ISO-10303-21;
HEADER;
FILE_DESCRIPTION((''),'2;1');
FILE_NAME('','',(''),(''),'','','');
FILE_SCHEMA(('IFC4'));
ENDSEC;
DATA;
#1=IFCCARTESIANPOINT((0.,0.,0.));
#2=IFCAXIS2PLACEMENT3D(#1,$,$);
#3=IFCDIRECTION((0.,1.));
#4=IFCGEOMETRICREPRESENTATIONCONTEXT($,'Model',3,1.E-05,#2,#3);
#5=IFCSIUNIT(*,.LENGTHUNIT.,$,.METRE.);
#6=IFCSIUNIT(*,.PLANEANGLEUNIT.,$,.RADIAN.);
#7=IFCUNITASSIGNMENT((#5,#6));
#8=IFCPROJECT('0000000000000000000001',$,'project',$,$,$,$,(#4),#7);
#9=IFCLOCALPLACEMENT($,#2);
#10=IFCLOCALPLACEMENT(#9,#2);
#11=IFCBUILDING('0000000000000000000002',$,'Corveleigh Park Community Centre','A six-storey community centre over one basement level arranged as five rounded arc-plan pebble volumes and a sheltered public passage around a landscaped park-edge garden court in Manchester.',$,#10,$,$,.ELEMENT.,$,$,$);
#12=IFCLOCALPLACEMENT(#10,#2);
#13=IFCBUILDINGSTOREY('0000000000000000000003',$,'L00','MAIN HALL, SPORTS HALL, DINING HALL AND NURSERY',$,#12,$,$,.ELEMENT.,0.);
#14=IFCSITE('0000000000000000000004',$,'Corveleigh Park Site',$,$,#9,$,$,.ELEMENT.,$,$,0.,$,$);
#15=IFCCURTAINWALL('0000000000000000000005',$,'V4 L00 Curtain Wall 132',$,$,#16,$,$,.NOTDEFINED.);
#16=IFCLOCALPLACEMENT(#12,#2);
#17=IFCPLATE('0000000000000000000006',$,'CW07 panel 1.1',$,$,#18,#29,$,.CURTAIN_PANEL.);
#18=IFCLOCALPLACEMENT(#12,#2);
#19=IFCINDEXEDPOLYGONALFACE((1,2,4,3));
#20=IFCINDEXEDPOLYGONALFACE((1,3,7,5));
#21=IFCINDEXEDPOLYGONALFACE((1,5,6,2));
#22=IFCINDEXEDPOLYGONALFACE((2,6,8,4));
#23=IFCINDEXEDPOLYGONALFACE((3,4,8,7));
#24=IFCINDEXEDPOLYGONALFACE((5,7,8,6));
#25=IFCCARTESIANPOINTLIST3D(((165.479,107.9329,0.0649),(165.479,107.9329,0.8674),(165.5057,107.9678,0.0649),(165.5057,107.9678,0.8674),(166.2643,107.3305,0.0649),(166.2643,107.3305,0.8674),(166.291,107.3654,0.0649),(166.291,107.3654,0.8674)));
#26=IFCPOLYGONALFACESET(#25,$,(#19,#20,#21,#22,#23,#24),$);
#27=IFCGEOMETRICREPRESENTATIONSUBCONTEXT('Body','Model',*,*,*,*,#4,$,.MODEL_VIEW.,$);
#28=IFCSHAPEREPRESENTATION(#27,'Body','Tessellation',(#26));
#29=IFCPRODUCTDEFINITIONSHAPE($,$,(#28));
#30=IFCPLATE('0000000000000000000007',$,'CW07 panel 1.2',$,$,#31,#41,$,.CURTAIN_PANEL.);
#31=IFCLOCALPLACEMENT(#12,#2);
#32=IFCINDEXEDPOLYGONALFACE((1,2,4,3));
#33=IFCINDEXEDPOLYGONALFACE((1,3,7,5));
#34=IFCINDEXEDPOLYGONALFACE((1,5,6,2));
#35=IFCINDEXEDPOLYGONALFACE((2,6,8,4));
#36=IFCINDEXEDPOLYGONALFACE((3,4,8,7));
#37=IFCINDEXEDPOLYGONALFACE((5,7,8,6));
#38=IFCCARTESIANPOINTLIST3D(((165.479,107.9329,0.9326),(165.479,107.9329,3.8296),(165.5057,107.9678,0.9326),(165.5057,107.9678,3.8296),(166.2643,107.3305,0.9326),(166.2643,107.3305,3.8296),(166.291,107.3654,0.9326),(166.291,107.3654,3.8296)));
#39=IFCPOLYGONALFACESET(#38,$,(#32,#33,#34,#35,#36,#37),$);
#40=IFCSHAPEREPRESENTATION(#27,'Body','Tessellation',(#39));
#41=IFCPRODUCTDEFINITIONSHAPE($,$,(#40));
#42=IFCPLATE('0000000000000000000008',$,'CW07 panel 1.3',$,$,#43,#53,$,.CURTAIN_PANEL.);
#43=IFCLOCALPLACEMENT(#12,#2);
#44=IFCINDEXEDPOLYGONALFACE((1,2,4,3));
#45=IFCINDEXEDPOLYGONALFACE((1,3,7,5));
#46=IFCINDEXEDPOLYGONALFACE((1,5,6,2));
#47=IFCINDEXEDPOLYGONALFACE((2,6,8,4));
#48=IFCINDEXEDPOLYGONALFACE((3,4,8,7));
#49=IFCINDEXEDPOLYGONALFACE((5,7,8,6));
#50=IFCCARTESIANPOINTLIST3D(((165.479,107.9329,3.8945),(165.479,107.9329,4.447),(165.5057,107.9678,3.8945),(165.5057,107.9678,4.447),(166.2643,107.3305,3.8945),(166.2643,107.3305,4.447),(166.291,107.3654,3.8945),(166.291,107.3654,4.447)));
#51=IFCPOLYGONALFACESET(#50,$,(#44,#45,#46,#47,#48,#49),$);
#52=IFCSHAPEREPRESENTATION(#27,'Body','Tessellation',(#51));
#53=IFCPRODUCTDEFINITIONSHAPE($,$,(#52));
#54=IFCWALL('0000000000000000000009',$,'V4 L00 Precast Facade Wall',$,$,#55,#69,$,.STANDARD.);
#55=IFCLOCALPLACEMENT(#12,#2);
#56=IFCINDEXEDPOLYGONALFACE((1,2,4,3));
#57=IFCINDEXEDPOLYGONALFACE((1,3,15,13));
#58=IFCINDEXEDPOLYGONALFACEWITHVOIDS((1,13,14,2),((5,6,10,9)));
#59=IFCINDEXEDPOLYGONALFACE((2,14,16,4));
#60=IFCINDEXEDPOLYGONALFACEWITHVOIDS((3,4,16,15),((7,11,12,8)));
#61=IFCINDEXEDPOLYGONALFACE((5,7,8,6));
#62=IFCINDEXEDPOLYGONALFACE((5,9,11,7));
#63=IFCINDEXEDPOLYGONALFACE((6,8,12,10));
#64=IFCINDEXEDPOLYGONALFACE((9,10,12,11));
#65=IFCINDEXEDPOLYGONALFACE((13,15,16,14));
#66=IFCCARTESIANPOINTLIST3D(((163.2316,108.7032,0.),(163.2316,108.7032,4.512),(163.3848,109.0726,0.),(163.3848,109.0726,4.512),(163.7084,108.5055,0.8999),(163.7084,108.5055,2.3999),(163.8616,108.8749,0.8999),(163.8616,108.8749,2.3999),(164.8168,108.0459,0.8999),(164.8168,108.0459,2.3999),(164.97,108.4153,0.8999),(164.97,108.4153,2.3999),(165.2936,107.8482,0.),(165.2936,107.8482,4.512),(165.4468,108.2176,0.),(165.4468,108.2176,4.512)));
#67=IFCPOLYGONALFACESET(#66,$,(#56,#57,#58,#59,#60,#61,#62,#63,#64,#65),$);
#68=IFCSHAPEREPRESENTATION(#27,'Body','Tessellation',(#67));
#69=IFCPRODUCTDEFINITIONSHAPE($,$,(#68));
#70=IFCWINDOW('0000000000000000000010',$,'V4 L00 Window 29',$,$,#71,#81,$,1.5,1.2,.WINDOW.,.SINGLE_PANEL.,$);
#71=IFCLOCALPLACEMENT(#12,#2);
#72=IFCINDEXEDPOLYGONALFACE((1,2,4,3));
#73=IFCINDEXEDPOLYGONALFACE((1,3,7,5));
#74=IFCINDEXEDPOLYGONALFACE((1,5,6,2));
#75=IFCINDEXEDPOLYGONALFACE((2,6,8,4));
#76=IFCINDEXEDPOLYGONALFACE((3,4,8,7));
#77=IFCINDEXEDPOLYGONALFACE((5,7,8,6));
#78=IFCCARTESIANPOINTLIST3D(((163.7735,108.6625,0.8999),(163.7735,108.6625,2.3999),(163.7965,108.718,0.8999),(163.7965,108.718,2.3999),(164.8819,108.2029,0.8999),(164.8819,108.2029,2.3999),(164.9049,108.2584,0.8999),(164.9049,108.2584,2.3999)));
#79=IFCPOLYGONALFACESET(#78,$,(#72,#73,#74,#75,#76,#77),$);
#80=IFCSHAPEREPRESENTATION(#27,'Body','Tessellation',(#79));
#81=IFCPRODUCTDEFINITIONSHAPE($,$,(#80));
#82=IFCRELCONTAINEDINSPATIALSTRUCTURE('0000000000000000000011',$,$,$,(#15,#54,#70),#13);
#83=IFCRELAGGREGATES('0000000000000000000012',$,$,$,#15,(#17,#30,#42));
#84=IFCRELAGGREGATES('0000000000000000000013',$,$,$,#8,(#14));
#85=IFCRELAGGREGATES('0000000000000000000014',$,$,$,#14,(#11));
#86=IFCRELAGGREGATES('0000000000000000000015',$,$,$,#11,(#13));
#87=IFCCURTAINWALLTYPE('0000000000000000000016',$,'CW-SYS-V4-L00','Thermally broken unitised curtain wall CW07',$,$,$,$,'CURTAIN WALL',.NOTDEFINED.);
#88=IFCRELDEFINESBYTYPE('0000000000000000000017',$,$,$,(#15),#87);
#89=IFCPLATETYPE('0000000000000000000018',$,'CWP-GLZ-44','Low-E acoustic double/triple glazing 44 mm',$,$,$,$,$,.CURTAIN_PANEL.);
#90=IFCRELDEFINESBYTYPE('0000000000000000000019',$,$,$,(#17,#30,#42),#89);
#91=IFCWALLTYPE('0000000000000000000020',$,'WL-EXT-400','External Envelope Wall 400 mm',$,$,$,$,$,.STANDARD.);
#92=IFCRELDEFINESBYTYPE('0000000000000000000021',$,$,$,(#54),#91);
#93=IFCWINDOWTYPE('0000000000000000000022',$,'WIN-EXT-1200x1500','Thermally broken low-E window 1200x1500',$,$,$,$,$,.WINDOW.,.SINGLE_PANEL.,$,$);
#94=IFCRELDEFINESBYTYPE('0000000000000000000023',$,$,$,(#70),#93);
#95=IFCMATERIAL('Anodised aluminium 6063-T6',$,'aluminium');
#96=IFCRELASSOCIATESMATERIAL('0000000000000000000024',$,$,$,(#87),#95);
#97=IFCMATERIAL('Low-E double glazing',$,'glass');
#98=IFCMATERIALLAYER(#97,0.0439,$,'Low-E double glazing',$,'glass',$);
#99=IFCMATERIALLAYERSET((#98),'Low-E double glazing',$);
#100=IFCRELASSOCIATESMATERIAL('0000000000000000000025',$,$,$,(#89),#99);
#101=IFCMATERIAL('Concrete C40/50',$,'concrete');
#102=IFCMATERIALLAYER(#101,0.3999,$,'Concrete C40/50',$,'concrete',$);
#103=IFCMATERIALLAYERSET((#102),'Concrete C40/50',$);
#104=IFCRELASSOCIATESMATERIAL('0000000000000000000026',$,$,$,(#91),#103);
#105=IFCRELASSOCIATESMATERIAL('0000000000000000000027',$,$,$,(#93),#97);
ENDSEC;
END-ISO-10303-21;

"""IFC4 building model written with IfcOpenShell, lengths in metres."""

from ifc_helpers import new_model, si_unit, direction, frame, frame_2d, origin, origin_2d, place, context, subcontext, project, spatial, rectangle, extrude, material, layer, layer_set, type_object, element, fill, aggregate, save


model = new_model("IFC4")

# Units and contexts
model_context = context("Model", 3, precision=1e-05, world=origin(), true_north=direction((0.0, 1.0)))
body_context = subcontext(model_context, "Body", "Model", "MODEL_VIEW")
ifc_project = project(units=[si_unit("LENGTHUNIT", "METRE"), si_unit("PLANEANGLEUNIT", "RADIAN")], contexts=[model_context])

# Site, building, storey
site_placement = place(None, origin())
site = spatial("IfcSite", under=ifc_project, at=site_placement, Name="Corveleigh Park Site", CompositionType="ELEMENT", RefElevation=0.0)
building_placement = place(site_placement, origin())
building = spatial("IfcBuilding", under=site, at=building_placement, Name="Corveleigh Park Community Centre", Description="A six-storey community centre over one basement level arranged as five rounded arc-plan pebble volumes and a sheltered public passage around a landscaped park-edge garden court in Manchester.", CompositionType="ELEMENT")
storey_placement = place(building_placement, origin())
storey = spatial("IfcBuildingStorey", under=building, at=storey_placement, Name="L00", Description="MAIN HALL, SPORTS HALL, DINING HALL AND NURSERY", CompositionType="ELEMENT", Elevation=0.0)

# Shared definitions
ifc_material_1 = material(Name="Anodised aluminium 6063-T6", Category="aluminium")
curtain_wall_type = type_object("IfcCurtainWallType", Name="CW-SYS-V4-L00", Description="Thermally broken unitised curtain wall CW07", ElementType="CURTAIN WALL", PredefinedType="NOTDEFINED", material=ifc_material_1)

# Curtain wall
curtain_wall_1_placement = place(storey_placement, origin())
curtain_wall_1 = element("IfcCurtainWall", 1, at=curtain_wall_1_placement, inside=storey, type_object=curtain_wall_type, Name="V4 L00 Curtain Wall 132", PredefinedType="NOTDEFINED")

# Plates
ifc_material_2 = material(Name="Low-E double glazing", Category="glass")
ifc_layer_1 = layer(ifc_material_2, 0.0439, Name="Low-E double glazing", Category="glass")
ifc_layer_set_1 = layer_set([ifc_layer_1], Name="Low-E double glazing")
plate_type_1 = type_object("IfcPlateType", Name="CWP-GLZ-44", Description="Low-E acoustic double/triple glazing 44 mm", PredefinedType="CURTAIN_PANEL", material=ifc_layer_set_1)
plate_1_placement = place(storey_placement, frame((165.885, 107.6492, 0.0649), z_axis=(0.0, 0.0, 1.0), x_axis=(0.793455, -0.608629, 0.0)))
plate_1 = element("IfcPlate", 2, at=plate_1_placement, type_object=plate_type_1, Name="CW07 panel 1.1", PredefinedType="CURTAIN_PANEL", context=body_context, shape_type="SweptSolid", body=[
    extrude(rectangle(XDim=0.9897, YDim=0.0439, at=origin_2d()), origin(), (0.0, 0.0, 1.0), 0.8025),
])
plate_2_placement = place(storey_placement, frame((165.885, 107.6492, 0.9326), z_axis=(0.0, 0.0, 1.0), x_axis=(0.793455, -0.608629, 0.0)))
plate_2 = element("IfcPlate", 3, at=plate_2_placement, type_object=plate_type_1, Name="CW07 panel 1.2", PredefinedType="CURTAIN_PANEL", context=body_context, shape_type="SweptSolid", body=[
    extrude(rectangle(XDim=0.9897, YDim=0.0439, at=origin_2d()), origin(), (0.0, 0.0, 1.0), 2.897),
])
plate_3_placement = place(storey_placement, frame((165.885, 107.6492, 3.8945), z_axis=(0.0, 0.0, 1.0), x_axis=(0.793455, -0.608629, 0.0)))
plate_3 = element("IfcPlate", 4, at=plate_3_placement, type_object=plate_type_1, Name="CW07 panel 1.3", PredefinedType="CURTAIN_PANEL", context=body_context, shape_type="SweptSolid", body=[
    extrude(rectangle(XDim=0.9897, YDim=0.0439, at=origin_2d()), origin(), (0.0, 0.0, 1.0), 0.5525),
])
aggregate(curtain_wall_1, [plate_1, plate_2, plate_3])

# Wall, opening, window
ifc_material_3 = material(Name="Concrete C40/50", Category="concrete")
ifc_layer_2 = layer(ifc_material_3, 0.3999, Name="Concrete C40/50", Category="concrete")
ifc_layer_set_2 = layer_set([ifc_layer_2], Name="Concrete C40/50")
wall_type = type_object("IfcWallType", Name="WL-EXT-400", Description="External Envelope Wall 400 mm", PredefinedType="STANDARD", material=ifc_layer_set_2)
wall_placement = place(storey_placement, frame((163.3081, 108.8879, 0.0), z_axis=(0.0, 0.0, 1.0), x_axis=(0.923742, -0.383015, 0.0)))
wall = element("IfcWall", 5, at=wall_placement, inside=storey, type_object=wall_type, Name="V4 L00 Precast Facade Wall", PredefinedType="STANDARD", context=body_context, shape_type="SweptSolid", body=[
    extrude(rectangle(XDim=2.2322, YDim=0.3999, at=frame_2d((1.1162, 0.0))), origin(), (0.0, 0.0, 1.0), 4.512),
])
opening_placement = place(wall_placement, frame((0.5161, 0.0, 0.8999)))
opening = element("IfcOpeningElement", 6, at=opening_placement, cuts=wall, PredefinedType="OPENING", context=body_context, shape_type="SweptSolid", body=[
    extrude(rectangle(XDim=1.2, YDim=1.5, at=frame_2d((0.6001, 0.75))), frame((0.0, 0.21, 0.0), z_axis=(0.0, -1.0, 0.0), x_axis=(1.0, 0.0, 0.0)), (0.0, 0.0, 1.0), 0.4199),
])
window_type = type_object("IfcWindowType", Name="WIN-EXT-1200x1500", Description="Thermally broken low-E window 1200x1500", PartitioningType="SINGLE_PANEL", PredefinedType="WINDOW", material=ifc_material_2)
window_placement = place(opening_placement, origin())
window = element("IfcWindow", 7, at=window_placement, inside=storey, type_object=window_type, Name="V4 L00 Window 29", OverallHeight=1.5, OverallWidth=1.2, PartitioningType="SINGLE_PANEL", PredefinedType="WINDOW", context=body_context, shape_type="SweptSolid", body=[
    extrude(rectangle(XDim=1.2, YDim=1.5, at=frame_2d((0.6001, 0.75))), frame((0.0, 0.03, 0.0), z_axis=(0.0, -1.0, 0.0), x_axis=(1.0, 0.0, 0.0)), (0.0, 0.0, 1.0), 0.0601),
])
fill(opening, window)

save(model, "model.ifc")
